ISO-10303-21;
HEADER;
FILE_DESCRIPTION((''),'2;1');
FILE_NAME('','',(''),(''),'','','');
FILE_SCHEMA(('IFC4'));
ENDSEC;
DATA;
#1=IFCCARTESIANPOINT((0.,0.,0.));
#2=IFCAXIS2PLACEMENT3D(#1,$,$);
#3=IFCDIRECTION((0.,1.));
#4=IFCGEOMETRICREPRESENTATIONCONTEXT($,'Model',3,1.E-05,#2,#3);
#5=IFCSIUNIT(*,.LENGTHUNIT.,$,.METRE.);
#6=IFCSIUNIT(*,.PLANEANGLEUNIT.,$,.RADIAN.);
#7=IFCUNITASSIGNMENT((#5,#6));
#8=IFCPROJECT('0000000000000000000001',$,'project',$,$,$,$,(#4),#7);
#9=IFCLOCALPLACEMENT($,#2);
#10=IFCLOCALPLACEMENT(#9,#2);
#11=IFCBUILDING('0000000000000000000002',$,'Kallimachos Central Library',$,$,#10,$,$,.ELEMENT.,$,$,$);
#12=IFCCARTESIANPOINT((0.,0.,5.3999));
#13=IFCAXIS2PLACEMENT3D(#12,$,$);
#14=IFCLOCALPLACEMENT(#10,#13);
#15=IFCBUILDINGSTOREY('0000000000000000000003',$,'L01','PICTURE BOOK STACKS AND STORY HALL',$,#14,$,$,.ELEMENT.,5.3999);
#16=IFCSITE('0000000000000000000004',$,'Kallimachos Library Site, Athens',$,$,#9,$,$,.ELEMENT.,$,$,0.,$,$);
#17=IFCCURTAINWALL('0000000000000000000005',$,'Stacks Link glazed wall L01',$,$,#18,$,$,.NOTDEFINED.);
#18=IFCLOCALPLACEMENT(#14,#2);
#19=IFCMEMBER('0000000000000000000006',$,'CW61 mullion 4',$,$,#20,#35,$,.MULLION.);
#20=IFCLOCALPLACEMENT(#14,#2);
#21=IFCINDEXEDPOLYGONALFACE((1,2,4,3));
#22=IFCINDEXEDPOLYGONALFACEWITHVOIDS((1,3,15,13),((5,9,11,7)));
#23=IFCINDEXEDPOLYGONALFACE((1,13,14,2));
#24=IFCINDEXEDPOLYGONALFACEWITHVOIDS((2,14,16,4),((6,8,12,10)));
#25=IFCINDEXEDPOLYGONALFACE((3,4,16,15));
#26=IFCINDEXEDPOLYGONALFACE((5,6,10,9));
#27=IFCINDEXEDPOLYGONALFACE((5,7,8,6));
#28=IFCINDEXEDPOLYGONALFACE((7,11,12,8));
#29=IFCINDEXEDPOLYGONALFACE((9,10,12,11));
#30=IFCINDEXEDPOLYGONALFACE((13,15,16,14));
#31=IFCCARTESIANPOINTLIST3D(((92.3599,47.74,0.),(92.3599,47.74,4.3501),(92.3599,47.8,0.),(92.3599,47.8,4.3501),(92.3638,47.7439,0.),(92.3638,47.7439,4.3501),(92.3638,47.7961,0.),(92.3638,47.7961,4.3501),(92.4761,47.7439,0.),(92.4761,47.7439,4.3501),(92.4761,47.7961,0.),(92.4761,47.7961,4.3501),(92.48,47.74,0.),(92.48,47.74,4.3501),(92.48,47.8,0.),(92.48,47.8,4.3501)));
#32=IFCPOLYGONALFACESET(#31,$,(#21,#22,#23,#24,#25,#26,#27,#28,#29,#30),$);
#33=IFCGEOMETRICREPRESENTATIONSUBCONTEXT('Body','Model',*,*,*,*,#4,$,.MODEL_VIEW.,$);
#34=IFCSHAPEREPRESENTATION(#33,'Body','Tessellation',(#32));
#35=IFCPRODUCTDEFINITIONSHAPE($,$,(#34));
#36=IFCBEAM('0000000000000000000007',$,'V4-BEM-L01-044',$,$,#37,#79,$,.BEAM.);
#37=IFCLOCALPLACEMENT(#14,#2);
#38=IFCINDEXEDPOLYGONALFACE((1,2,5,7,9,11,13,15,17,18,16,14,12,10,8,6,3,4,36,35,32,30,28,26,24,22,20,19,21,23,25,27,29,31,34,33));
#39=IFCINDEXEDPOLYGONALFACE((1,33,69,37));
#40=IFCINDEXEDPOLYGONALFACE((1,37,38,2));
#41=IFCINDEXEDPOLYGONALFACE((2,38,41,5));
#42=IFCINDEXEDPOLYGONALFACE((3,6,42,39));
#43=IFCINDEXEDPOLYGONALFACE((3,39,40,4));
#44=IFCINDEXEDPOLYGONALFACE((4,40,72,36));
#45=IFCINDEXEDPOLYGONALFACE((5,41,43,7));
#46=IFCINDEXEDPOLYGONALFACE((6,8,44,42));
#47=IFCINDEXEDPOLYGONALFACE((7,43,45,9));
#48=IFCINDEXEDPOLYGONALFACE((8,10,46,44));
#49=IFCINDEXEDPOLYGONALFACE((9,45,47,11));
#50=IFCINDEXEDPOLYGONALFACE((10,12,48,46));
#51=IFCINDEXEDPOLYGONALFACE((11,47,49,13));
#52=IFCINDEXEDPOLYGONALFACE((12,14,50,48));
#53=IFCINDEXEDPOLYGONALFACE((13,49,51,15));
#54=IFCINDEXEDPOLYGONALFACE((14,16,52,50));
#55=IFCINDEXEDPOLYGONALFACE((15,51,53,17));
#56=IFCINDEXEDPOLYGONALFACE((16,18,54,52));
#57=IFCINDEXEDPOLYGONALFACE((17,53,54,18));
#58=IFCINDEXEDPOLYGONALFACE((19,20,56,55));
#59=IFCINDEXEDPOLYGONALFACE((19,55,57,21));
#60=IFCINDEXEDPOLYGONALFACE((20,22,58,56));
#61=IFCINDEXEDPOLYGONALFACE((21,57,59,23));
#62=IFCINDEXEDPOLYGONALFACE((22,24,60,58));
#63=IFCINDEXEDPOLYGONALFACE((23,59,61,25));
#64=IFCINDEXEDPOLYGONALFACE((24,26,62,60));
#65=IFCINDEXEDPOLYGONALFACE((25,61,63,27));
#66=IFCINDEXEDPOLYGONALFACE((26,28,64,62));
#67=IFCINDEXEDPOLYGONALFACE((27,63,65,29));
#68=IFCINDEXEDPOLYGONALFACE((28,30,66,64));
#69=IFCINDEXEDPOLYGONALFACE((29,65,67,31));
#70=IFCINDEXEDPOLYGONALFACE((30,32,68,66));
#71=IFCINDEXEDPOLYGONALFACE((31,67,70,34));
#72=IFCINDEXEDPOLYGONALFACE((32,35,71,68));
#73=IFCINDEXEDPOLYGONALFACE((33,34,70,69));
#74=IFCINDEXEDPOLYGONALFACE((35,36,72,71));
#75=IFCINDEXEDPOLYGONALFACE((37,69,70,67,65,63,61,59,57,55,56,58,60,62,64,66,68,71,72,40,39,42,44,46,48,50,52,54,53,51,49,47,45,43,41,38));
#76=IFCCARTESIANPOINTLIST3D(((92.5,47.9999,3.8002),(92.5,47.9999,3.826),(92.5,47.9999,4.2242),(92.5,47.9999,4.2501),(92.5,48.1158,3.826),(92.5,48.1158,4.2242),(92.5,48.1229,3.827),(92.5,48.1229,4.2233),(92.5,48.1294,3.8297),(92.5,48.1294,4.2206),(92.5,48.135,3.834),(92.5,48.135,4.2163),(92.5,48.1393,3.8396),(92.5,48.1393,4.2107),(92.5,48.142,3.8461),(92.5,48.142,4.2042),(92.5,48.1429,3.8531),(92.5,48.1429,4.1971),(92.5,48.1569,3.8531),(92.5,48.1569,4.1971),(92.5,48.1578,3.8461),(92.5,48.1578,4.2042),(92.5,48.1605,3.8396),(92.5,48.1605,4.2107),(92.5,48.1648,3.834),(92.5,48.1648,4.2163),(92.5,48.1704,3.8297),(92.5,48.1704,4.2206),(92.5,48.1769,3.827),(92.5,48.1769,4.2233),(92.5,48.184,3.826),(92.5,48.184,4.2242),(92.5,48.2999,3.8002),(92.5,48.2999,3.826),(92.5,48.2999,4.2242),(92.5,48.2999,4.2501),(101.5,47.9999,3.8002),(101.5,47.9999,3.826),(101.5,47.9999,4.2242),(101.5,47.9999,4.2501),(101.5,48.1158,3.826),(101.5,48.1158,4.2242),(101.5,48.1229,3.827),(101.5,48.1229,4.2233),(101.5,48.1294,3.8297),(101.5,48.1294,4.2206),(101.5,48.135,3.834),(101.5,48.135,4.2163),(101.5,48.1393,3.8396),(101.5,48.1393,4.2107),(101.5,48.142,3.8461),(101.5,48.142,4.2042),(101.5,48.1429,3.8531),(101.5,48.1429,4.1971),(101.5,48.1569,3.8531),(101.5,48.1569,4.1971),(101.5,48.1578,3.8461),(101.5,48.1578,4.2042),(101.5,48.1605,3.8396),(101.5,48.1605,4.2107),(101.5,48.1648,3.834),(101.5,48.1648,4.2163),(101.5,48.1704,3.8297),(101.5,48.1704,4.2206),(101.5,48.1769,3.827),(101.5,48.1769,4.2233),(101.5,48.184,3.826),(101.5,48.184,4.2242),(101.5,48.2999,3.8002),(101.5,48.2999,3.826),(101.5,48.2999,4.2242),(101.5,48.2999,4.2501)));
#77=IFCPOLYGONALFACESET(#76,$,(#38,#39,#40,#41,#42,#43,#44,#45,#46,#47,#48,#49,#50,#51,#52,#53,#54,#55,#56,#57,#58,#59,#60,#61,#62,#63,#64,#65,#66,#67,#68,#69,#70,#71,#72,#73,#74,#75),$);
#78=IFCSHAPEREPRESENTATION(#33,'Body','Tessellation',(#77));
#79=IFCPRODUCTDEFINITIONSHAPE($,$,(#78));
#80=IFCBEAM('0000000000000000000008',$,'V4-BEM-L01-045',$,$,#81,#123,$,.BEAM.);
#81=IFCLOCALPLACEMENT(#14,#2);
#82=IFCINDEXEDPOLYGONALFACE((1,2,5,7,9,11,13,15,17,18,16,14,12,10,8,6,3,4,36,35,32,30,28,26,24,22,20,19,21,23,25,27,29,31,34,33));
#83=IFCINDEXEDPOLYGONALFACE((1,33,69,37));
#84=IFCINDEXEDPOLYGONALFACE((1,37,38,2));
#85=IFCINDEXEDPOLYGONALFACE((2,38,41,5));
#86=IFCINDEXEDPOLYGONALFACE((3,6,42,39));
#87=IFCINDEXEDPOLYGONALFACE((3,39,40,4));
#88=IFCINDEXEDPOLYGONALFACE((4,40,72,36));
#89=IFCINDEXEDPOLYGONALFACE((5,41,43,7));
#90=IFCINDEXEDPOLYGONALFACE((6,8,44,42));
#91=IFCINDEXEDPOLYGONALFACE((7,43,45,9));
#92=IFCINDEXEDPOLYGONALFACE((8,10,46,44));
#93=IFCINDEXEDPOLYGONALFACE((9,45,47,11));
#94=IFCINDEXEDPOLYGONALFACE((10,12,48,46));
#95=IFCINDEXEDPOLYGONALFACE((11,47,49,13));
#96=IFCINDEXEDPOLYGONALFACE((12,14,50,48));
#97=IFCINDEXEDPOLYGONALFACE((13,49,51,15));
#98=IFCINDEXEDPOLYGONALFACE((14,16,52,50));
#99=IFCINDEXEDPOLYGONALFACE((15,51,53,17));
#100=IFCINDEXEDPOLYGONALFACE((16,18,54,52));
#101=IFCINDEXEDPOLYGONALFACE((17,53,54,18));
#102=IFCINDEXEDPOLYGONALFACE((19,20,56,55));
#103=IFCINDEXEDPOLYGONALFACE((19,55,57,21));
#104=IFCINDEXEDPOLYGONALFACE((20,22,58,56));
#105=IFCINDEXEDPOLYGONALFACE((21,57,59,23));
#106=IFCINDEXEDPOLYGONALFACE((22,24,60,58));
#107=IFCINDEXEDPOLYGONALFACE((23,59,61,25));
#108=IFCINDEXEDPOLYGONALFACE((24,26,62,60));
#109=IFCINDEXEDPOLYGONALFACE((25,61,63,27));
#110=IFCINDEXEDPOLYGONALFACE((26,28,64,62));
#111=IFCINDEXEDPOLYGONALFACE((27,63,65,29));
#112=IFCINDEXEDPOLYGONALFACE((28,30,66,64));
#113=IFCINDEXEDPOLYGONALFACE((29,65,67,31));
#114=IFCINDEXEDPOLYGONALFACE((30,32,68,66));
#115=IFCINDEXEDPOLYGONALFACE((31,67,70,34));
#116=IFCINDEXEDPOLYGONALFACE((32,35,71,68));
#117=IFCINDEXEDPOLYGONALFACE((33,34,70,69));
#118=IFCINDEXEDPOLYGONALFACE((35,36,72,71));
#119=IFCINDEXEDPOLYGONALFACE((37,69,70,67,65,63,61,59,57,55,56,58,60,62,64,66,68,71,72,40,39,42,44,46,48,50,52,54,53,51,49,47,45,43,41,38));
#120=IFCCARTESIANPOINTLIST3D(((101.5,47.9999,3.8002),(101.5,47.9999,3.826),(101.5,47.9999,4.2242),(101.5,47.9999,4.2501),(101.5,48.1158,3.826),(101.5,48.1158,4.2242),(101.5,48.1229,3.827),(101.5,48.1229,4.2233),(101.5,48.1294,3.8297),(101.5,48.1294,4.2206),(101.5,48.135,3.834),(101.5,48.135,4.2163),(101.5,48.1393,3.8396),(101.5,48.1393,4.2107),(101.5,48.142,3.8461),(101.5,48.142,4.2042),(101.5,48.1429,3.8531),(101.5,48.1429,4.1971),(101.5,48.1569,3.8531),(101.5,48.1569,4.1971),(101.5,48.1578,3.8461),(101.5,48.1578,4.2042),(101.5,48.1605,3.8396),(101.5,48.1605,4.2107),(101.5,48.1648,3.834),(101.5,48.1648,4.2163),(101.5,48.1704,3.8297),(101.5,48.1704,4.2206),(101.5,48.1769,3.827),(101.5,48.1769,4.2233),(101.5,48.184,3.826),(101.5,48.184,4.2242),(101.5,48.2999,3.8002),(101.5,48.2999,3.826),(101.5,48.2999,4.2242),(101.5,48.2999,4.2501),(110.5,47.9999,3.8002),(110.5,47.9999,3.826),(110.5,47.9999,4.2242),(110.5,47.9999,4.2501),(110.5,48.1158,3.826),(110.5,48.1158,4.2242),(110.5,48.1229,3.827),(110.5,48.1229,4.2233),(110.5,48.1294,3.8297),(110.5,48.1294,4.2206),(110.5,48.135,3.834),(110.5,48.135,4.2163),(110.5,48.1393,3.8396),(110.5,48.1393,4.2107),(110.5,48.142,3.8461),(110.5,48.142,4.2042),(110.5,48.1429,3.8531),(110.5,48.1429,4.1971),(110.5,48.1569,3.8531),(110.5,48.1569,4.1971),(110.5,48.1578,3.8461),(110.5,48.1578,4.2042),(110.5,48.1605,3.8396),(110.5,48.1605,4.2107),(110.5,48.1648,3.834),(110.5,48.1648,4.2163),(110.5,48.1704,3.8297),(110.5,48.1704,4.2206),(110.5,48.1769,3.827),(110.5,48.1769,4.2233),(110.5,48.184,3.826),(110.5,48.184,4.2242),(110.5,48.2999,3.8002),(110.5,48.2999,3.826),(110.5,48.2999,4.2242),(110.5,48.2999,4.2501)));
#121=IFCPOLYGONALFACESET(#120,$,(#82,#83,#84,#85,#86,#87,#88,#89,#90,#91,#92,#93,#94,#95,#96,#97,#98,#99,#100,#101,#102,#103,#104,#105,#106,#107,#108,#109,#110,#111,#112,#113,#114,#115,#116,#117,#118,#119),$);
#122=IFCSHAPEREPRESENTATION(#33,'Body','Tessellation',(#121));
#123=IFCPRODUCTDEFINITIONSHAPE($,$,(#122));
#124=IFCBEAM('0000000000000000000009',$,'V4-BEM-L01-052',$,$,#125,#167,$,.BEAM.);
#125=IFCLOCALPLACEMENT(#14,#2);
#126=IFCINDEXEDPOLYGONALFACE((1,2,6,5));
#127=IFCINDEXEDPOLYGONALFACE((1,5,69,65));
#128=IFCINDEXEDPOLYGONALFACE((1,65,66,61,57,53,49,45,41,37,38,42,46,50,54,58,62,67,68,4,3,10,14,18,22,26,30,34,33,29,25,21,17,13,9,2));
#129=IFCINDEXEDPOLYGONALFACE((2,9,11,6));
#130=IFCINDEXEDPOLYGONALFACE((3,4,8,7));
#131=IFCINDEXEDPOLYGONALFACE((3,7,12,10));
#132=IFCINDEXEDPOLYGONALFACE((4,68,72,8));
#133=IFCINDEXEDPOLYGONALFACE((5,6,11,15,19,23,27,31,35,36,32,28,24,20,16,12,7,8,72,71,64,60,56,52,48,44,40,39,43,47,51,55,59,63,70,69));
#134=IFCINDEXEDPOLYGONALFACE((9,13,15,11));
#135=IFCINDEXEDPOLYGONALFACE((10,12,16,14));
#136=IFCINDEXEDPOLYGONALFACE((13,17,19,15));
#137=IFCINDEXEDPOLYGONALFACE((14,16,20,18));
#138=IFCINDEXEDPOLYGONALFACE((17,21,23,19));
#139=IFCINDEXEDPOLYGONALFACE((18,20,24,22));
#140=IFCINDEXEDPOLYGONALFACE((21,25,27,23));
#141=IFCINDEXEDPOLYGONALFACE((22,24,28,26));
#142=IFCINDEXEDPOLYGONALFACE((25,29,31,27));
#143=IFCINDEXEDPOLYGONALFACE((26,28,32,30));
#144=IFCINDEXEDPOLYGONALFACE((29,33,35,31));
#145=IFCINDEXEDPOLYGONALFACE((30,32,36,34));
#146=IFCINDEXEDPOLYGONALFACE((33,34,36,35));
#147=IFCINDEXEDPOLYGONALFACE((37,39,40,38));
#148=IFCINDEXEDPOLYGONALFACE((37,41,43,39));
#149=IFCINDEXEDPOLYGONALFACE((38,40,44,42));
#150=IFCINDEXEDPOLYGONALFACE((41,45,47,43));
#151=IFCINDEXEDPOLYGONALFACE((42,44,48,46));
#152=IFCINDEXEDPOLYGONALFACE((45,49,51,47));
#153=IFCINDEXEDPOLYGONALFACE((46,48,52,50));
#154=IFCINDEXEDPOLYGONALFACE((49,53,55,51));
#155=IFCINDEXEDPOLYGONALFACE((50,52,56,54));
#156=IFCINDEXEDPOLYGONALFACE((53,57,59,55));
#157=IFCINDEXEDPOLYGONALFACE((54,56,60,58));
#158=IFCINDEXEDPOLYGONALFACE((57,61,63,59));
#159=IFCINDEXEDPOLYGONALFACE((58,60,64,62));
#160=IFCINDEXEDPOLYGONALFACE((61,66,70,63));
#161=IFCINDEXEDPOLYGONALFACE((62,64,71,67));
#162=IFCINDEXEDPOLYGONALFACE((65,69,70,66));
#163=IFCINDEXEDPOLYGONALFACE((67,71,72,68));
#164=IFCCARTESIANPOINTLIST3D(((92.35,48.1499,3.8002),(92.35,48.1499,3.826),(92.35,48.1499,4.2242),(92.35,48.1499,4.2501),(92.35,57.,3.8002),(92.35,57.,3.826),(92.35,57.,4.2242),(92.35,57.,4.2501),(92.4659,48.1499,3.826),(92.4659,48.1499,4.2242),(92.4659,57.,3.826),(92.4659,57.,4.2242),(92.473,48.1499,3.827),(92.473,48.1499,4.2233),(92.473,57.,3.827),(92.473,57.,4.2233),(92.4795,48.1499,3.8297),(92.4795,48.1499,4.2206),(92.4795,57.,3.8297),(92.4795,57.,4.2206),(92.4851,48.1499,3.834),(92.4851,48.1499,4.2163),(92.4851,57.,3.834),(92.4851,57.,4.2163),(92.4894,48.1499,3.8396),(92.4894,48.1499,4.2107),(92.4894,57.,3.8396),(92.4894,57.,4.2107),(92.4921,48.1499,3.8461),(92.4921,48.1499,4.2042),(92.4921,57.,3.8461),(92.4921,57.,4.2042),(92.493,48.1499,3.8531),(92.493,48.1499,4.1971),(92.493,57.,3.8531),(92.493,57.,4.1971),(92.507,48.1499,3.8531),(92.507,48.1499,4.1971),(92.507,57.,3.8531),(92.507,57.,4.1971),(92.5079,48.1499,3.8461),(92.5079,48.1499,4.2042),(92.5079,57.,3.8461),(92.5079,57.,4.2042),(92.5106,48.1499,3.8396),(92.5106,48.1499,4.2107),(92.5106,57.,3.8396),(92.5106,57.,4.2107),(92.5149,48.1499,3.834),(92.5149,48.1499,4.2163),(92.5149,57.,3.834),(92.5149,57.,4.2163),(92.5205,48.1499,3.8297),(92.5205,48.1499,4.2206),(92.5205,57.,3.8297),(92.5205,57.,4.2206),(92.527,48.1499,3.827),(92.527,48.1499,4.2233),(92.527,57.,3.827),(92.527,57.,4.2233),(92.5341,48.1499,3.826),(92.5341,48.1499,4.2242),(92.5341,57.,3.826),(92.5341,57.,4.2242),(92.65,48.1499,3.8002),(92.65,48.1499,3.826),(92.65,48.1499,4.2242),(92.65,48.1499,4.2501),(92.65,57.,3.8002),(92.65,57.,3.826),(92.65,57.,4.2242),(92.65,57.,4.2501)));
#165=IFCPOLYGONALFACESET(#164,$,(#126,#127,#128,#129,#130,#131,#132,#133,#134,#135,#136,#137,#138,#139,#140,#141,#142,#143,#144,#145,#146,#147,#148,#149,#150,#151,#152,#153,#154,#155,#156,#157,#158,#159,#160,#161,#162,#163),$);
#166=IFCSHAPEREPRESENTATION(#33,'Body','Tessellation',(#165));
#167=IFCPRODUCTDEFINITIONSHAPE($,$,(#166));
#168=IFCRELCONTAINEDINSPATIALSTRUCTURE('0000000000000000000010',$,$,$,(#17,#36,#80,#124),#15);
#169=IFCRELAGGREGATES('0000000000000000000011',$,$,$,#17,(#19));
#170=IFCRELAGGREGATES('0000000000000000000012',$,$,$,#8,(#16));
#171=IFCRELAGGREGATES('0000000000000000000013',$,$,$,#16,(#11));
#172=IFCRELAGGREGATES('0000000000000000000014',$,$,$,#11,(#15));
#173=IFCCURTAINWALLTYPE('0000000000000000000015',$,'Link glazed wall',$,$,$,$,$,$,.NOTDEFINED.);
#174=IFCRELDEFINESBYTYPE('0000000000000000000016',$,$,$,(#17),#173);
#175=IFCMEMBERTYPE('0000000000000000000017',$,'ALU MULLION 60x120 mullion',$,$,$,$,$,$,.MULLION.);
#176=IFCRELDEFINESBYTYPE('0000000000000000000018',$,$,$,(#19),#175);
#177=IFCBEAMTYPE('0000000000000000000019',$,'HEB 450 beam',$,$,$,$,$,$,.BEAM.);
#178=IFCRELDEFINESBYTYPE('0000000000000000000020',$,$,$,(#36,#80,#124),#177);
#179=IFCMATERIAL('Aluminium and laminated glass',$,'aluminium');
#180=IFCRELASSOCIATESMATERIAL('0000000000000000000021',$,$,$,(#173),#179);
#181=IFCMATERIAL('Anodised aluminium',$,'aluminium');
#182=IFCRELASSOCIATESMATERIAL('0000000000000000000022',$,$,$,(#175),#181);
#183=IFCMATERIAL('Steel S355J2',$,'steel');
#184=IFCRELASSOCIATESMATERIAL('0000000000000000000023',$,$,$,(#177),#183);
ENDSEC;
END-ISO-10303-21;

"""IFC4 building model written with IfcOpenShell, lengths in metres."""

from ifc_helpers import new_model, si_unit, direction, frame, origin, origin_2d, place, context, subcontext, project, spatial, hollow_rectangle, i_section, extrude, material, material_profile, profile_set, type_object, element, aggregate, save


model = new_model("IFC4")

# Units and contexts
model_context = context("Model", 3, precision=1e-05, world=origin(), true_north=direction((0.0, 1.0)))
body_context = subcontext(model_context, "Body", "Model", "MODEL_VIEW")
ifc_project = project(units=[si_unit("LENGTHUNIT", "METRE"), si_unit("PLANEANGLEUNIT", "RADIAN")], contexts=[model_context])

# Site, building, storey
site_placement = place(None, origin())
site = spatial("IfcSite", under=ifc_project, at=site_placement, Name="Kallimachos Library Site, Athens", CompositionType="ELEMENT", RefElevation=0.0)
building_placement = place(site_placement, origin())
building = spatial("IfcBuilding", under=site, at=building_placement, Name="Kallimachos Central Library", CompositionType="ELEMENT")
storey_placement = place(building_placement, frame((0.0, 0.0, 5.3999)))
storey = spatial("IfcBuildingStorey", under=building, at=storey_placement, Name="L01", Description="PICTURE BOOK STACKS AND STORY HALL", CompositionType="ELEMENT", Elevation=5.3999)

# Curtain wall, member
ifc_material_1 = material(Name="Aluminium and laminated glass", Category="aluminium")
curtain_wall_type = type_object("IfcCurtainWallType", Name="Link glazed wall", PredefinedType="NOTDEFINED", material=ifc_material_1)
curtain_wall_placement = place(storey_placement, origin())
curtain_wall = element("IfcCurtainWall", 1, at=curtain_wall_placement, inside=storey, type_object=curtain_wall_type, Name="Stacks Link glazed wall L01", PredefinedType="NOTDEFINED")
ifc_material_2 = material(Name="Anodised aluminium", Category="aluminium")
ifc_material_profile_1 = material_profile(ifc_material_2, hollow_rectangle(XDim=0.0601, YDim=0.1201, WallThickness=0.0039, at=origin_2d()), Name="ALU MULLION 60x120")
ifc_profile_set_1 = profile_set([ifc_material_profile_1], Name="Anodised aluminium")
member_type = type_object("IfcMemberType", Name="ALU MULLION 60x120 mullion", PredefinedType="MULLION", material=ifc_profile_set_1)
member_placement = place(storey_placement, frame((92.4199, 47.77, 0.0), z_axis=(0.0, 0.0, 1.0), x_axis=(0.0, 1.0, 0.0)))
member = element("IfcMember", 2, at=member_placement, type_object=member_type, Name="CW61 mullion 4", PredefinedType="MULLION", context=body_context, shape_type="SweptSolid", body=[
    extrude(hollow_rectangle(XDim=0.0601, YDim=0.1201, WallThickness=0.0039, at=origin_2d()), origin(), (0.0, 0.0, 1.0), 4.3501),
])
aggregate(curtain_wall, [member])

# Beams
ifc_material_3 = material(Name="Steel S355J2", Category="steel")
ifc_material_profile_2 = material_profile(ifc_material_3, i_section(OverallWidth=0.3, OverallDepth=0.45, WebThickness=0.0139, FlangeThickness=0.0259, FilletRadius=0.0271, at=origin_2d()), Name="HEB 450")
ifc_profile_set_2 = profile_set([ifc_material_profile_2], Name="Steel S355J2")
beam_type_1 = type_object("IfcBeamType", Name="HEB 450 beam", PredefinedType="BEAM", material=ifc_profile_set_2)
for number, where, z_axis, x_axis, name in (
    (3, (92.5, 48.1499, 4.0251), (1.0, 0.0, 0.0), (0.0, 1.0, 0.0), "V4-BEM-L01-044"),
    (4, (101.5, 48.1499, 4.0251), (1.0, 0.0, 0.0), (0.0, 1.0, 0.0), "V4-BEM-L01-045"),
):
    element("IfcBeam", number, at=place(storey_placement, frame(where, z_axis=z_axis, x_axis=x_axis)), inside=storey, type_object=beam_type_1, Name=name, PredefinedType="BEAM", context=body_context, shape_type="SweptSolid", body=[
        extrude(i_section(OverallWidth=0.3, OverallDepth=0.45, WebThickness=0.0139, FlangeThickness=0.0259, FilletRadius=0.0271, at=origin_2d()), origin(), (0.0, 0.0, 1.0), 9.0),
    ])
for number, where, z_axis, x_axis, name in (
    (5, (92.5, 48.1499, 4.0251), (0.0, 1.0, 0.0), (-1.0, 0.0, 0.0), "V4-BEM-L01-052"),
):
    element("IfcBeam", number, at=place(storey_placement, frame(where, z_axis=z_axis, x_axis=x_axis)), inside=storey, type_object=beam_type_1, Name=name, PredefinedType="BEAM", context=body_context, shape_type="SweptSolid", body=[
        extrude(i_section(OverallWidth=0.3, OverallDepth=0.45, WebThickness=0.0139, FlangeThickness=0.0259, FilletRadius=0.0271, at=origin_2d()), origin(), (0.0, 0.0, 1.0), 8.8501),
    ])

save(model, "model.ifc")
